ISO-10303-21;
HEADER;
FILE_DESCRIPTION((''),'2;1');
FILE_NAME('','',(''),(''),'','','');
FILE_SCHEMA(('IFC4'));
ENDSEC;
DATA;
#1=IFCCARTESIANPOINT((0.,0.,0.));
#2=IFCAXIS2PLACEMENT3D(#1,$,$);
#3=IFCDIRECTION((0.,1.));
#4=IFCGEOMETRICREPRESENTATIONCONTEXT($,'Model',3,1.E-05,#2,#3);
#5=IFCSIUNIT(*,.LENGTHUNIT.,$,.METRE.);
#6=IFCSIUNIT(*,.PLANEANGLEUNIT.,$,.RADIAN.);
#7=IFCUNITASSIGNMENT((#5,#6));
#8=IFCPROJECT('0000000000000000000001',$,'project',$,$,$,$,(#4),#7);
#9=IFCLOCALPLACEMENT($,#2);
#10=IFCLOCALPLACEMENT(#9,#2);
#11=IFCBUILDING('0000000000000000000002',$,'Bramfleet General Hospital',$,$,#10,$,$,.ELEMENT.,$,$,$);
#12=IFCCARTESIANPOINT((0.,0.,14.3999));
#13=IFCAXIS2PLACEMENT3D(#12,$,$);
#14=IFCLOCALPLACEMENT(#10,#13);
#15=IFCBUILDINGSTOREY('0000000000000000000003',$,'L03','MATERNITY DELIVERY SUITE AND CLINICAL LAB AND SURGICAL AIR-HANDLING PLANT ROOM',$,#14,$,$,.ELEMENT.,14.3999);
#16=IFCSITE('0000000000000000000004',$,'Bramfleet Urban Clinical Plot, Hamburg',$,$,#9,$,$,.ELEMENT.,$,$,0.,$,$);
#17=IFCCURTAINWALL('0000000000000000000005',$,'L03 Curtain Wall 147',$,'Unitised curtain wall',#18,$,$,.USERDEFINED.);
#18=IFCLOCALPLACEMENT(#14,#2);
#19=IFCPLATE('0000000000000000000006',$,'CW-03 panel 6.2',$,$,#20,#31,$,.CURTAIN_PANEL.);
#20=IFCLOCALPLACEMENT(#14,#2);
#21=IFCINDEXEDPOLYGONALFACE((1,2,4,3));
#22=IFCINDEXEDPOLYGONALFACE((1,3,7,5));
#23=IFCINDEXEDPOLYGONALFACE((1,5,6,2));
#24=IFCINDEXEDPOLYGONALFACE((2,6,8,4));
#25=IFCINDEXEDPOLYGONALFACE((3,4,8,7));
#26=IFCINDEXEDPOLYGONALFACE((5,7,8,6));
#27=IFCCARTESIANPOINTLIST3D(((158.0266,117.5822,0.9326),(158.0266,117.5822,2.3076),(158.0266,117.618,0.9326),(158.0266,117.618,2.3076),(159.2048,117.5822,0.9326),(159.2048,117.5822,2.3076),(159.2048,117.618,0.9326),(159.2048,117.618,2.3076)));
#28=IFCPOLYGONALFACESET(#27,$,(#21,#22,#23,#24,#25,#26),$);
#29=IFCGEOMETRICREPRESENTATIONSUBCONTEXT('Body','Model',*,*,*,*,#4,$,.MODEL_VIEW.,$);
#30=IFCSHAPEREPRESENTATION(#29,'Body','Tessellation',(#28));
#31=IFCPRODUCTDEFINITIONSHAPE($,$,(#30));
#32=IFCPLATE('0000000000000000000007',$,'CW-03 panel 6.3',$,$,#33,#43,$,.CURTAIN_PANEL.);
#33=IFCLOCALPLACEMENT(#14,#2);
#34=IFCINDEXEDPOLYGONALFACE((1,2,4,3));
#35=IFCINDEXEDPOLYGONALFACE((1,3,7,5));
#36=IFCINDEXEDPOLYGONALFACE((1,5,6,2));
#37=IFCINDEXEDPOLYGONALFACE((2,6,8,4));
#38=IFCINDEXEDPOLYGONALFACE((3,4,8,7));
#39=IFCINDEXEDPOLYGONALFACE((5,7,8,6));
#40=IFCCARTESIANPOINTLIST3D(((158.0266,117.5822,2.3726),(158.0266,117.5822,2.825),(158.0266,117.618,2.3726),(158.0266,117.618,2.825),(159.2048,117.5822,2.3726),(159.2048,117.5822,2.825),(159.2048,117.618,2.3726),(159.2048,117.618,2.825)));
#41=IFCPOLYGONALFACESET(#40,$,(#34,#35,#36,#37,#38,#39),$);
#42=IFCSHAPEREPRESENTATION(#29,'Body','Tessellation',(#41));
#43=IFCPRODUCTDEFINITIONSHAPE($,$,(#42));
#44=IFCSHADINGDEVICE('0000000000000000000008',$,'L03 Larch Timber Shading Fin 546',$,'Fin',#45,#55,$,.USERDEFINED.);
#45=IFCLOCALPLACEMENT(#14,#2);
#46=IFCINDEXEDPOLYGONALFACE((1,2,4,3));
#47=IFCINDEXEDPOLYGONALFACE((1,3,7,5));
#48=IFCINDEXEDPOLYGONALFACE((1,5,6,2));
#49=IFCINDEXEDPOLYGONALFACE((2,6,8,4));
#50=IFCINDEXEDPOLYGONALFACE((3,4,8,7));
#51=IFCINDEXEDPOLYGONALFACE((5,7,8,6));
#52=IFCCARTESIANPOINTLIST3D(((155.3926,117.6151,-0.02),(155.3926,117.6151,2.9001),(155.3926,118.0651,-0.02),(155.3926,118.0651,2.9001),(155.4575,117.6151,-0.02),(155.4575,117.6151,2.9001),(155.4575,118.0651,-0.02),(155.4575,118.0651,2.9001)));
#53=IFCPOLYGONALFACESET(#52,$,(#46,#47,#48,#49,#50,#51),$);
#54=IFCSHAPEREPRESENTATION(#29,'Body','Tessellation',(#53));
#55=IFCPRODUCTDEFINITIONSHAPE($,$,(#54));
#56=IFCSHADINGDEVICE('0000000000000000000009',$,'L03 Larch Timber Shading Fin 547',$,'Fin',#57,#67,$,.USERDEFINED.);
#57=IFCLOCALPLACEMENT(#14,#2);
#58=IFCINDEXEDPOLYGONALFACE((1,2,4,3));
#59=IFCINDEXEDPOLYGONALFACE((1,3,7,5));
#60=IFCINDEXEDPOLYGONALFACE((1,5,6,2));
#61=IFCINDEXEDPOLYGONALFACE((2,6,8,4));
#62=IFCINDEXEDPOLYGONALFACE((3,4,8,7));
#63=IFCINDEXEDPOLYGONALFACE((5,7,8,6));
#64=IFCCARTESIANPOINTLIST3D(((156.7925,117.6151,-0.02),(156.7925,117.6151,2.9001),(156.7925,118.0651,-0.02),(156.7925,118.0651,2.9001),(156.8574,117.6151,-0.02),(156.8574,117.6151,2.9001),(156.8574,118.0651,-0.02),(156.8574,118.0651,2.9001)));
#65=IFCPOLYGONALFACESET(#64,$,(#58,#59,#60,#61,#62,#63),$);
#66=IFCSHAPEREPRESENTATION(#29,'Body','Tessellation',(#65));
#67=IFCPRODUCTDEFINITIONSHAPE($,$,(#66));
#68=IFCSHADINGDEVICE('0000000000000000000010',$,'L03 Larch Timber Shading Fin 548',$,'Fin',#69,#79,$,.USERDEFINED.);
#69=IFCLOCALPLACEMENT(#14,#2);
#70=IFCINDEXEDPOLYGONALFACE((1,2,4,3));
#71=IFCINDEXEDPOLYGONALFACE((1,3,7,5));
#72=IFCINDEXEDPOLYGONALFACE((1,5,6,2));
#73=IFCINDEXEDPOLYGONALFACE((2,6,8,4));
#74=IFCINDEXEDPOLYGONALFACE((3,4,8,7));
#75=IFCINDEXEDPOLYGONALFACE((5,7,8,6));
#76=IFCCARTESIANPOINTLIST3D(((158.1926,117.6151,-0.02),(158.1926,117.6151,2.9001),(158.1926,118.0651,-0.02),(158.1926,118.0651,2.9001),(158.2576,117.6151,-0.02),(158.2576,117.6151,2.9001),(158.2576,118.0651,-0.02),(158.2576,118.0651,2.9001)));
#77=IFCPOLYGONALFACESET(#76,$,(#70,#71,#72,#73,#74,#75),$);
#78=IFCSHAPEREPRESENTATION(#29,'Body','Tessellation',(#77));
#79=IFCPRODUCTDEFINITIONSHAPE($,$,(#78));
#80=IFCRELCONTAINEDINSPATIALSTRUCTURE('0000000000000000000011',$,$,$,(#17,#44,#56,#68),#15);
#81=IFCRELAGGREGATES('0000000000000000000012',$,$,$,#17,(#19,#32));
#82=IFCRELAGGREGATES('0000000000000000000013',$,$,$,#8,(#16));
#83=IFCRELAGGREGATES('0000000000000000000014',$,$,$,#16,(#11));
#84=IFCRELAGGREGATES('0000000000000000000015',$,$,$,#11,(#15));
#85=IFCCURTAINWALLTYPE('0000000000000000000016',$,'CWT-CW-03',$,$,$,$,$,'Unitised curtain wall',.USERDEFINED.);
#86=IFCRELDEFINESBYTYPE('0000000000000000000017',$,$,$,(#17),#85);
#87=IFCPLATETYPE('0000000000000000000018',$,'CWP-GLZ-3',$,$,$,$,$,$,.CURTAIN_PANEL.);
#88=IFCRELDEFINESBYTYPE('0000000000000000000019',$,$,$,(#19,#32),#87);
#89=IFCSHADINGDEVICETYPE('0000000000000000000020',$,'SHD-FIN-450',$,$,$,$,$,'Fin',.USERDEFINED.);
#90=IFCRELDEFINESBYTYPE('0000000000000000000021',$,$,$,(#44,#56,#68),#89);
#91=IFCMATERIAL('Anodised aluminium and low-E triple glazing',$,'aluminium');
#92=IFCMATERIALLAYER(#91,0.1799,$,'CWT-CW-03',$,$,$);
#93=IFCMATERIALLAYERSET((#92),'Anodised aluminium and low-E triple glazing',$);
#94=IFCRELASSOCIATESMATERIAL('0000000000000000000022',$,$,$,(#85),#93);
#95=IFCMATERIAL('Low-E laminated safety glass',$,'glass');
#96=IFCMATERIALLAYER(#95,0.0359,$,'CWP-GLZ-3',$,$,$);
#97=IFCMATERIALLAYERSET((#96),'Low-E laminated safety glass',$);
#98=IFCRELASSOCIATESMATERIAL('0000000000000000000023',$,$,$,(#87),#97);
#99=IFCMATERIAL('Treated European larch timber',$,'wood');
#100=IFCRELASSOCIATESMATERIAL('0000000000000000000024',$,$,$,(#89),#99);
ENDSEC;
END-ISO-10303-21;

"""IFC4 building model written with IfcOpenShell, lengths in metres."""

from ifc_helpers import new_model, si_unit, direction, frame, origin, origin_2d, place, context, subcontext, project, spatial, rectangle, extrude, material, layer, layer_set, material_profile, profile_set, type_object, element, aggregate, save


model = new_model("IFC4")

# Units and contexts
model_context = context("Model", 3, precision=1e-05, world=origin(), true_north=direction((0.0, 1.0)))
body_context = subcontext(model_context, "Body", "Model", "MODEL_VIEW")
ifc_project = project(units=[si_unit("LENGTHUNIT", "METRE"), si_unit("PLANEANGLEUNIT", "RADIAN")], contexts=[model_context])

# Site, building, storey
site_placement = place(None, origin())
site = spatial("IfcSite", under=ifc_project, at=site_placement, Name="Bramfleet Urban Clinical Plot, Hamburg", CompositionType="ELEMENT", RefElevation=0.0)
building_placement = place(site_placement, origin())
building = spatial("IfcBuilding", under=site, at=building_placement, Name="Bramfleet General Hospital", CompositionType="ELEMENT")
storey_placement = place(building_placement, frame((0.0, 0.0, 14.3999)))
storey = spatial("IfcBuildingStorey", under=building, at=storey_placement, Name="L03", Description="MATERNITY DELIVERY SUITE AND CLINICAL LAB AND SURGICAL AIR-HANDLING PLANT ROOM", CompositionType="ELEMENT", Elevation=14.3999)

# Curtain wall, plates
ifc_material_1 = material(Name="Anodised aluminium and low-E triple glazing", Category="aluminium")
ifc_layer_1 = layer(ifc_material_1, 0.1799, Name="CWT-CW-03")
ifc_layer_set_1 = layer_set([ifc_layer_1], Name="Anodised aluminium and low-E triple glazing")
curtain_wall_type = type_object("IfcCurtainWallType", Name="CWT-CW-03", ElementType="Unitised curtain wall", PredefinedType="USERDEFINED", material=ifc_layer_set_1)
curtain_wall_placement = place(storey_placement, origin())
curtain_wall = element("IfcCurtainWall", 1, at=curtain_wall_placement, inside=storey, type_object=curtain_wall_type, Name="L03 Curtain Wall 147", ObjectType="Unitised curtain wall", PredefinedType="USERDEFINED")
ifc_material_2 = material(Name="Low-E laminated safety glass", Category="glass")
ifc_layer_2 = layer(ifc_material_2, 0.0359, Name="CWP-GLZ-3")
ifc_layer_set_2 = layer_set([ifc_layer_2], Name="Low-E laminated safety glass")
plate_type = type_object("IfcPlateType", Name="CWP-GLZ-3", PredefinedType="CURTAIN_PANEL", material=ifc_layer_set_2)
plate_1_placement = place(storey_placement, frame((158.6157, 117.6001, 0.9326), z_axis=(0.0, 0.0, 1.0), x_axis=(1.0, 0.0, 0.0)))
plate_1 = element("IfcPlate", 2, at=plate_1_placement, type_object=plate_type, Name="CW-03 panel 6.2", PredefinedType="CURTAIN_PANEL", context=body_context, shape_type="SweptSolid", body=[
    extrude(rectangle(XDim=1.1782, YDim=0.0359, at=origin_2d()), origin(), (0.0, 0.0, 1.0), 1.375),
])
plate_2_placement = place(storey_placement, frame((158.6157, 117.6001, 2.3726), z_axis=(0.0, 0.0, 1.0), x_axis=(1.0, 0.0, 0.0)))
plate_2 = element("IfcPlate", 3, at=plate_2_placement, type_object=plate_type, Name="CW-03 panel 6.3", PredefinedType="CURTAIN_PANEL", context=body_context, shape_type="SweptSolid", body=[
    extrude(rectangle(XDim=1.1782, YDim=0.0359, at=origin_2d()), origin(), (0.0, 0.0, 1.0), 0.4524),
])
aggregate(curtain_wall, [plate_1, plate_2])

# Shading devices
ifc_material_3 = material(Name="Treated European larch timber", Category="wood")
ifc_material_profile_1 = material_profile(ifc_material_3, rectangle(XDim=0.0649, YDim=0.45, at=origin_2d()), Name="LARCH FIN 450x65")
ifc_profile_set_1 = profile_set([ifc_material_profile_1], Name="Treated European larch timber")
shading_device_type = type_object("IfcShadingDeviceType", Name="SHD-FIN-450", ElementType="Fin", PredefinedType="USERDEFINED", material=ifc_profile_set_1)
for number, where, z_axis, x_axis, name in (
    (4, (155.425, 117.8401, -0.02), (0.0, 0.0, 1.0), (1.0, 0.0, 0.0), "L03 Larch Timber Shading Fin 546"),
    (5, (156.825, 117.8401, -0.02), (0.0, 0.0, 1.0), (1.0, 0.0, 0.0), "L03 Larch Timber Shading Fin 547"),
    (6, (158.2251, 117.8401, -0.02), (0.0, 0.0, 1.0), (1.0, 0.0, 0.0), "L03 Larch Timber Shading Fin 548"),
):
    element("IfcShadingDevice", number, at=place(storey_placement, frame(where, z_axis=z_axis, x_axis=x_axis)), inside=storey, type_object=shading_device_type, Name=name, ObjectType="Fin", PredefinedType="USERDEFINED", context=body_context, shape_type="SweptSolid", body=[
        extrude(rectangle(XDim=0.0649, YDim=0.45, at=origin_2d()), origin(), (0.0, 0.0, 1.0), 2.9202),
    ])

save(model, "model.ifc")
